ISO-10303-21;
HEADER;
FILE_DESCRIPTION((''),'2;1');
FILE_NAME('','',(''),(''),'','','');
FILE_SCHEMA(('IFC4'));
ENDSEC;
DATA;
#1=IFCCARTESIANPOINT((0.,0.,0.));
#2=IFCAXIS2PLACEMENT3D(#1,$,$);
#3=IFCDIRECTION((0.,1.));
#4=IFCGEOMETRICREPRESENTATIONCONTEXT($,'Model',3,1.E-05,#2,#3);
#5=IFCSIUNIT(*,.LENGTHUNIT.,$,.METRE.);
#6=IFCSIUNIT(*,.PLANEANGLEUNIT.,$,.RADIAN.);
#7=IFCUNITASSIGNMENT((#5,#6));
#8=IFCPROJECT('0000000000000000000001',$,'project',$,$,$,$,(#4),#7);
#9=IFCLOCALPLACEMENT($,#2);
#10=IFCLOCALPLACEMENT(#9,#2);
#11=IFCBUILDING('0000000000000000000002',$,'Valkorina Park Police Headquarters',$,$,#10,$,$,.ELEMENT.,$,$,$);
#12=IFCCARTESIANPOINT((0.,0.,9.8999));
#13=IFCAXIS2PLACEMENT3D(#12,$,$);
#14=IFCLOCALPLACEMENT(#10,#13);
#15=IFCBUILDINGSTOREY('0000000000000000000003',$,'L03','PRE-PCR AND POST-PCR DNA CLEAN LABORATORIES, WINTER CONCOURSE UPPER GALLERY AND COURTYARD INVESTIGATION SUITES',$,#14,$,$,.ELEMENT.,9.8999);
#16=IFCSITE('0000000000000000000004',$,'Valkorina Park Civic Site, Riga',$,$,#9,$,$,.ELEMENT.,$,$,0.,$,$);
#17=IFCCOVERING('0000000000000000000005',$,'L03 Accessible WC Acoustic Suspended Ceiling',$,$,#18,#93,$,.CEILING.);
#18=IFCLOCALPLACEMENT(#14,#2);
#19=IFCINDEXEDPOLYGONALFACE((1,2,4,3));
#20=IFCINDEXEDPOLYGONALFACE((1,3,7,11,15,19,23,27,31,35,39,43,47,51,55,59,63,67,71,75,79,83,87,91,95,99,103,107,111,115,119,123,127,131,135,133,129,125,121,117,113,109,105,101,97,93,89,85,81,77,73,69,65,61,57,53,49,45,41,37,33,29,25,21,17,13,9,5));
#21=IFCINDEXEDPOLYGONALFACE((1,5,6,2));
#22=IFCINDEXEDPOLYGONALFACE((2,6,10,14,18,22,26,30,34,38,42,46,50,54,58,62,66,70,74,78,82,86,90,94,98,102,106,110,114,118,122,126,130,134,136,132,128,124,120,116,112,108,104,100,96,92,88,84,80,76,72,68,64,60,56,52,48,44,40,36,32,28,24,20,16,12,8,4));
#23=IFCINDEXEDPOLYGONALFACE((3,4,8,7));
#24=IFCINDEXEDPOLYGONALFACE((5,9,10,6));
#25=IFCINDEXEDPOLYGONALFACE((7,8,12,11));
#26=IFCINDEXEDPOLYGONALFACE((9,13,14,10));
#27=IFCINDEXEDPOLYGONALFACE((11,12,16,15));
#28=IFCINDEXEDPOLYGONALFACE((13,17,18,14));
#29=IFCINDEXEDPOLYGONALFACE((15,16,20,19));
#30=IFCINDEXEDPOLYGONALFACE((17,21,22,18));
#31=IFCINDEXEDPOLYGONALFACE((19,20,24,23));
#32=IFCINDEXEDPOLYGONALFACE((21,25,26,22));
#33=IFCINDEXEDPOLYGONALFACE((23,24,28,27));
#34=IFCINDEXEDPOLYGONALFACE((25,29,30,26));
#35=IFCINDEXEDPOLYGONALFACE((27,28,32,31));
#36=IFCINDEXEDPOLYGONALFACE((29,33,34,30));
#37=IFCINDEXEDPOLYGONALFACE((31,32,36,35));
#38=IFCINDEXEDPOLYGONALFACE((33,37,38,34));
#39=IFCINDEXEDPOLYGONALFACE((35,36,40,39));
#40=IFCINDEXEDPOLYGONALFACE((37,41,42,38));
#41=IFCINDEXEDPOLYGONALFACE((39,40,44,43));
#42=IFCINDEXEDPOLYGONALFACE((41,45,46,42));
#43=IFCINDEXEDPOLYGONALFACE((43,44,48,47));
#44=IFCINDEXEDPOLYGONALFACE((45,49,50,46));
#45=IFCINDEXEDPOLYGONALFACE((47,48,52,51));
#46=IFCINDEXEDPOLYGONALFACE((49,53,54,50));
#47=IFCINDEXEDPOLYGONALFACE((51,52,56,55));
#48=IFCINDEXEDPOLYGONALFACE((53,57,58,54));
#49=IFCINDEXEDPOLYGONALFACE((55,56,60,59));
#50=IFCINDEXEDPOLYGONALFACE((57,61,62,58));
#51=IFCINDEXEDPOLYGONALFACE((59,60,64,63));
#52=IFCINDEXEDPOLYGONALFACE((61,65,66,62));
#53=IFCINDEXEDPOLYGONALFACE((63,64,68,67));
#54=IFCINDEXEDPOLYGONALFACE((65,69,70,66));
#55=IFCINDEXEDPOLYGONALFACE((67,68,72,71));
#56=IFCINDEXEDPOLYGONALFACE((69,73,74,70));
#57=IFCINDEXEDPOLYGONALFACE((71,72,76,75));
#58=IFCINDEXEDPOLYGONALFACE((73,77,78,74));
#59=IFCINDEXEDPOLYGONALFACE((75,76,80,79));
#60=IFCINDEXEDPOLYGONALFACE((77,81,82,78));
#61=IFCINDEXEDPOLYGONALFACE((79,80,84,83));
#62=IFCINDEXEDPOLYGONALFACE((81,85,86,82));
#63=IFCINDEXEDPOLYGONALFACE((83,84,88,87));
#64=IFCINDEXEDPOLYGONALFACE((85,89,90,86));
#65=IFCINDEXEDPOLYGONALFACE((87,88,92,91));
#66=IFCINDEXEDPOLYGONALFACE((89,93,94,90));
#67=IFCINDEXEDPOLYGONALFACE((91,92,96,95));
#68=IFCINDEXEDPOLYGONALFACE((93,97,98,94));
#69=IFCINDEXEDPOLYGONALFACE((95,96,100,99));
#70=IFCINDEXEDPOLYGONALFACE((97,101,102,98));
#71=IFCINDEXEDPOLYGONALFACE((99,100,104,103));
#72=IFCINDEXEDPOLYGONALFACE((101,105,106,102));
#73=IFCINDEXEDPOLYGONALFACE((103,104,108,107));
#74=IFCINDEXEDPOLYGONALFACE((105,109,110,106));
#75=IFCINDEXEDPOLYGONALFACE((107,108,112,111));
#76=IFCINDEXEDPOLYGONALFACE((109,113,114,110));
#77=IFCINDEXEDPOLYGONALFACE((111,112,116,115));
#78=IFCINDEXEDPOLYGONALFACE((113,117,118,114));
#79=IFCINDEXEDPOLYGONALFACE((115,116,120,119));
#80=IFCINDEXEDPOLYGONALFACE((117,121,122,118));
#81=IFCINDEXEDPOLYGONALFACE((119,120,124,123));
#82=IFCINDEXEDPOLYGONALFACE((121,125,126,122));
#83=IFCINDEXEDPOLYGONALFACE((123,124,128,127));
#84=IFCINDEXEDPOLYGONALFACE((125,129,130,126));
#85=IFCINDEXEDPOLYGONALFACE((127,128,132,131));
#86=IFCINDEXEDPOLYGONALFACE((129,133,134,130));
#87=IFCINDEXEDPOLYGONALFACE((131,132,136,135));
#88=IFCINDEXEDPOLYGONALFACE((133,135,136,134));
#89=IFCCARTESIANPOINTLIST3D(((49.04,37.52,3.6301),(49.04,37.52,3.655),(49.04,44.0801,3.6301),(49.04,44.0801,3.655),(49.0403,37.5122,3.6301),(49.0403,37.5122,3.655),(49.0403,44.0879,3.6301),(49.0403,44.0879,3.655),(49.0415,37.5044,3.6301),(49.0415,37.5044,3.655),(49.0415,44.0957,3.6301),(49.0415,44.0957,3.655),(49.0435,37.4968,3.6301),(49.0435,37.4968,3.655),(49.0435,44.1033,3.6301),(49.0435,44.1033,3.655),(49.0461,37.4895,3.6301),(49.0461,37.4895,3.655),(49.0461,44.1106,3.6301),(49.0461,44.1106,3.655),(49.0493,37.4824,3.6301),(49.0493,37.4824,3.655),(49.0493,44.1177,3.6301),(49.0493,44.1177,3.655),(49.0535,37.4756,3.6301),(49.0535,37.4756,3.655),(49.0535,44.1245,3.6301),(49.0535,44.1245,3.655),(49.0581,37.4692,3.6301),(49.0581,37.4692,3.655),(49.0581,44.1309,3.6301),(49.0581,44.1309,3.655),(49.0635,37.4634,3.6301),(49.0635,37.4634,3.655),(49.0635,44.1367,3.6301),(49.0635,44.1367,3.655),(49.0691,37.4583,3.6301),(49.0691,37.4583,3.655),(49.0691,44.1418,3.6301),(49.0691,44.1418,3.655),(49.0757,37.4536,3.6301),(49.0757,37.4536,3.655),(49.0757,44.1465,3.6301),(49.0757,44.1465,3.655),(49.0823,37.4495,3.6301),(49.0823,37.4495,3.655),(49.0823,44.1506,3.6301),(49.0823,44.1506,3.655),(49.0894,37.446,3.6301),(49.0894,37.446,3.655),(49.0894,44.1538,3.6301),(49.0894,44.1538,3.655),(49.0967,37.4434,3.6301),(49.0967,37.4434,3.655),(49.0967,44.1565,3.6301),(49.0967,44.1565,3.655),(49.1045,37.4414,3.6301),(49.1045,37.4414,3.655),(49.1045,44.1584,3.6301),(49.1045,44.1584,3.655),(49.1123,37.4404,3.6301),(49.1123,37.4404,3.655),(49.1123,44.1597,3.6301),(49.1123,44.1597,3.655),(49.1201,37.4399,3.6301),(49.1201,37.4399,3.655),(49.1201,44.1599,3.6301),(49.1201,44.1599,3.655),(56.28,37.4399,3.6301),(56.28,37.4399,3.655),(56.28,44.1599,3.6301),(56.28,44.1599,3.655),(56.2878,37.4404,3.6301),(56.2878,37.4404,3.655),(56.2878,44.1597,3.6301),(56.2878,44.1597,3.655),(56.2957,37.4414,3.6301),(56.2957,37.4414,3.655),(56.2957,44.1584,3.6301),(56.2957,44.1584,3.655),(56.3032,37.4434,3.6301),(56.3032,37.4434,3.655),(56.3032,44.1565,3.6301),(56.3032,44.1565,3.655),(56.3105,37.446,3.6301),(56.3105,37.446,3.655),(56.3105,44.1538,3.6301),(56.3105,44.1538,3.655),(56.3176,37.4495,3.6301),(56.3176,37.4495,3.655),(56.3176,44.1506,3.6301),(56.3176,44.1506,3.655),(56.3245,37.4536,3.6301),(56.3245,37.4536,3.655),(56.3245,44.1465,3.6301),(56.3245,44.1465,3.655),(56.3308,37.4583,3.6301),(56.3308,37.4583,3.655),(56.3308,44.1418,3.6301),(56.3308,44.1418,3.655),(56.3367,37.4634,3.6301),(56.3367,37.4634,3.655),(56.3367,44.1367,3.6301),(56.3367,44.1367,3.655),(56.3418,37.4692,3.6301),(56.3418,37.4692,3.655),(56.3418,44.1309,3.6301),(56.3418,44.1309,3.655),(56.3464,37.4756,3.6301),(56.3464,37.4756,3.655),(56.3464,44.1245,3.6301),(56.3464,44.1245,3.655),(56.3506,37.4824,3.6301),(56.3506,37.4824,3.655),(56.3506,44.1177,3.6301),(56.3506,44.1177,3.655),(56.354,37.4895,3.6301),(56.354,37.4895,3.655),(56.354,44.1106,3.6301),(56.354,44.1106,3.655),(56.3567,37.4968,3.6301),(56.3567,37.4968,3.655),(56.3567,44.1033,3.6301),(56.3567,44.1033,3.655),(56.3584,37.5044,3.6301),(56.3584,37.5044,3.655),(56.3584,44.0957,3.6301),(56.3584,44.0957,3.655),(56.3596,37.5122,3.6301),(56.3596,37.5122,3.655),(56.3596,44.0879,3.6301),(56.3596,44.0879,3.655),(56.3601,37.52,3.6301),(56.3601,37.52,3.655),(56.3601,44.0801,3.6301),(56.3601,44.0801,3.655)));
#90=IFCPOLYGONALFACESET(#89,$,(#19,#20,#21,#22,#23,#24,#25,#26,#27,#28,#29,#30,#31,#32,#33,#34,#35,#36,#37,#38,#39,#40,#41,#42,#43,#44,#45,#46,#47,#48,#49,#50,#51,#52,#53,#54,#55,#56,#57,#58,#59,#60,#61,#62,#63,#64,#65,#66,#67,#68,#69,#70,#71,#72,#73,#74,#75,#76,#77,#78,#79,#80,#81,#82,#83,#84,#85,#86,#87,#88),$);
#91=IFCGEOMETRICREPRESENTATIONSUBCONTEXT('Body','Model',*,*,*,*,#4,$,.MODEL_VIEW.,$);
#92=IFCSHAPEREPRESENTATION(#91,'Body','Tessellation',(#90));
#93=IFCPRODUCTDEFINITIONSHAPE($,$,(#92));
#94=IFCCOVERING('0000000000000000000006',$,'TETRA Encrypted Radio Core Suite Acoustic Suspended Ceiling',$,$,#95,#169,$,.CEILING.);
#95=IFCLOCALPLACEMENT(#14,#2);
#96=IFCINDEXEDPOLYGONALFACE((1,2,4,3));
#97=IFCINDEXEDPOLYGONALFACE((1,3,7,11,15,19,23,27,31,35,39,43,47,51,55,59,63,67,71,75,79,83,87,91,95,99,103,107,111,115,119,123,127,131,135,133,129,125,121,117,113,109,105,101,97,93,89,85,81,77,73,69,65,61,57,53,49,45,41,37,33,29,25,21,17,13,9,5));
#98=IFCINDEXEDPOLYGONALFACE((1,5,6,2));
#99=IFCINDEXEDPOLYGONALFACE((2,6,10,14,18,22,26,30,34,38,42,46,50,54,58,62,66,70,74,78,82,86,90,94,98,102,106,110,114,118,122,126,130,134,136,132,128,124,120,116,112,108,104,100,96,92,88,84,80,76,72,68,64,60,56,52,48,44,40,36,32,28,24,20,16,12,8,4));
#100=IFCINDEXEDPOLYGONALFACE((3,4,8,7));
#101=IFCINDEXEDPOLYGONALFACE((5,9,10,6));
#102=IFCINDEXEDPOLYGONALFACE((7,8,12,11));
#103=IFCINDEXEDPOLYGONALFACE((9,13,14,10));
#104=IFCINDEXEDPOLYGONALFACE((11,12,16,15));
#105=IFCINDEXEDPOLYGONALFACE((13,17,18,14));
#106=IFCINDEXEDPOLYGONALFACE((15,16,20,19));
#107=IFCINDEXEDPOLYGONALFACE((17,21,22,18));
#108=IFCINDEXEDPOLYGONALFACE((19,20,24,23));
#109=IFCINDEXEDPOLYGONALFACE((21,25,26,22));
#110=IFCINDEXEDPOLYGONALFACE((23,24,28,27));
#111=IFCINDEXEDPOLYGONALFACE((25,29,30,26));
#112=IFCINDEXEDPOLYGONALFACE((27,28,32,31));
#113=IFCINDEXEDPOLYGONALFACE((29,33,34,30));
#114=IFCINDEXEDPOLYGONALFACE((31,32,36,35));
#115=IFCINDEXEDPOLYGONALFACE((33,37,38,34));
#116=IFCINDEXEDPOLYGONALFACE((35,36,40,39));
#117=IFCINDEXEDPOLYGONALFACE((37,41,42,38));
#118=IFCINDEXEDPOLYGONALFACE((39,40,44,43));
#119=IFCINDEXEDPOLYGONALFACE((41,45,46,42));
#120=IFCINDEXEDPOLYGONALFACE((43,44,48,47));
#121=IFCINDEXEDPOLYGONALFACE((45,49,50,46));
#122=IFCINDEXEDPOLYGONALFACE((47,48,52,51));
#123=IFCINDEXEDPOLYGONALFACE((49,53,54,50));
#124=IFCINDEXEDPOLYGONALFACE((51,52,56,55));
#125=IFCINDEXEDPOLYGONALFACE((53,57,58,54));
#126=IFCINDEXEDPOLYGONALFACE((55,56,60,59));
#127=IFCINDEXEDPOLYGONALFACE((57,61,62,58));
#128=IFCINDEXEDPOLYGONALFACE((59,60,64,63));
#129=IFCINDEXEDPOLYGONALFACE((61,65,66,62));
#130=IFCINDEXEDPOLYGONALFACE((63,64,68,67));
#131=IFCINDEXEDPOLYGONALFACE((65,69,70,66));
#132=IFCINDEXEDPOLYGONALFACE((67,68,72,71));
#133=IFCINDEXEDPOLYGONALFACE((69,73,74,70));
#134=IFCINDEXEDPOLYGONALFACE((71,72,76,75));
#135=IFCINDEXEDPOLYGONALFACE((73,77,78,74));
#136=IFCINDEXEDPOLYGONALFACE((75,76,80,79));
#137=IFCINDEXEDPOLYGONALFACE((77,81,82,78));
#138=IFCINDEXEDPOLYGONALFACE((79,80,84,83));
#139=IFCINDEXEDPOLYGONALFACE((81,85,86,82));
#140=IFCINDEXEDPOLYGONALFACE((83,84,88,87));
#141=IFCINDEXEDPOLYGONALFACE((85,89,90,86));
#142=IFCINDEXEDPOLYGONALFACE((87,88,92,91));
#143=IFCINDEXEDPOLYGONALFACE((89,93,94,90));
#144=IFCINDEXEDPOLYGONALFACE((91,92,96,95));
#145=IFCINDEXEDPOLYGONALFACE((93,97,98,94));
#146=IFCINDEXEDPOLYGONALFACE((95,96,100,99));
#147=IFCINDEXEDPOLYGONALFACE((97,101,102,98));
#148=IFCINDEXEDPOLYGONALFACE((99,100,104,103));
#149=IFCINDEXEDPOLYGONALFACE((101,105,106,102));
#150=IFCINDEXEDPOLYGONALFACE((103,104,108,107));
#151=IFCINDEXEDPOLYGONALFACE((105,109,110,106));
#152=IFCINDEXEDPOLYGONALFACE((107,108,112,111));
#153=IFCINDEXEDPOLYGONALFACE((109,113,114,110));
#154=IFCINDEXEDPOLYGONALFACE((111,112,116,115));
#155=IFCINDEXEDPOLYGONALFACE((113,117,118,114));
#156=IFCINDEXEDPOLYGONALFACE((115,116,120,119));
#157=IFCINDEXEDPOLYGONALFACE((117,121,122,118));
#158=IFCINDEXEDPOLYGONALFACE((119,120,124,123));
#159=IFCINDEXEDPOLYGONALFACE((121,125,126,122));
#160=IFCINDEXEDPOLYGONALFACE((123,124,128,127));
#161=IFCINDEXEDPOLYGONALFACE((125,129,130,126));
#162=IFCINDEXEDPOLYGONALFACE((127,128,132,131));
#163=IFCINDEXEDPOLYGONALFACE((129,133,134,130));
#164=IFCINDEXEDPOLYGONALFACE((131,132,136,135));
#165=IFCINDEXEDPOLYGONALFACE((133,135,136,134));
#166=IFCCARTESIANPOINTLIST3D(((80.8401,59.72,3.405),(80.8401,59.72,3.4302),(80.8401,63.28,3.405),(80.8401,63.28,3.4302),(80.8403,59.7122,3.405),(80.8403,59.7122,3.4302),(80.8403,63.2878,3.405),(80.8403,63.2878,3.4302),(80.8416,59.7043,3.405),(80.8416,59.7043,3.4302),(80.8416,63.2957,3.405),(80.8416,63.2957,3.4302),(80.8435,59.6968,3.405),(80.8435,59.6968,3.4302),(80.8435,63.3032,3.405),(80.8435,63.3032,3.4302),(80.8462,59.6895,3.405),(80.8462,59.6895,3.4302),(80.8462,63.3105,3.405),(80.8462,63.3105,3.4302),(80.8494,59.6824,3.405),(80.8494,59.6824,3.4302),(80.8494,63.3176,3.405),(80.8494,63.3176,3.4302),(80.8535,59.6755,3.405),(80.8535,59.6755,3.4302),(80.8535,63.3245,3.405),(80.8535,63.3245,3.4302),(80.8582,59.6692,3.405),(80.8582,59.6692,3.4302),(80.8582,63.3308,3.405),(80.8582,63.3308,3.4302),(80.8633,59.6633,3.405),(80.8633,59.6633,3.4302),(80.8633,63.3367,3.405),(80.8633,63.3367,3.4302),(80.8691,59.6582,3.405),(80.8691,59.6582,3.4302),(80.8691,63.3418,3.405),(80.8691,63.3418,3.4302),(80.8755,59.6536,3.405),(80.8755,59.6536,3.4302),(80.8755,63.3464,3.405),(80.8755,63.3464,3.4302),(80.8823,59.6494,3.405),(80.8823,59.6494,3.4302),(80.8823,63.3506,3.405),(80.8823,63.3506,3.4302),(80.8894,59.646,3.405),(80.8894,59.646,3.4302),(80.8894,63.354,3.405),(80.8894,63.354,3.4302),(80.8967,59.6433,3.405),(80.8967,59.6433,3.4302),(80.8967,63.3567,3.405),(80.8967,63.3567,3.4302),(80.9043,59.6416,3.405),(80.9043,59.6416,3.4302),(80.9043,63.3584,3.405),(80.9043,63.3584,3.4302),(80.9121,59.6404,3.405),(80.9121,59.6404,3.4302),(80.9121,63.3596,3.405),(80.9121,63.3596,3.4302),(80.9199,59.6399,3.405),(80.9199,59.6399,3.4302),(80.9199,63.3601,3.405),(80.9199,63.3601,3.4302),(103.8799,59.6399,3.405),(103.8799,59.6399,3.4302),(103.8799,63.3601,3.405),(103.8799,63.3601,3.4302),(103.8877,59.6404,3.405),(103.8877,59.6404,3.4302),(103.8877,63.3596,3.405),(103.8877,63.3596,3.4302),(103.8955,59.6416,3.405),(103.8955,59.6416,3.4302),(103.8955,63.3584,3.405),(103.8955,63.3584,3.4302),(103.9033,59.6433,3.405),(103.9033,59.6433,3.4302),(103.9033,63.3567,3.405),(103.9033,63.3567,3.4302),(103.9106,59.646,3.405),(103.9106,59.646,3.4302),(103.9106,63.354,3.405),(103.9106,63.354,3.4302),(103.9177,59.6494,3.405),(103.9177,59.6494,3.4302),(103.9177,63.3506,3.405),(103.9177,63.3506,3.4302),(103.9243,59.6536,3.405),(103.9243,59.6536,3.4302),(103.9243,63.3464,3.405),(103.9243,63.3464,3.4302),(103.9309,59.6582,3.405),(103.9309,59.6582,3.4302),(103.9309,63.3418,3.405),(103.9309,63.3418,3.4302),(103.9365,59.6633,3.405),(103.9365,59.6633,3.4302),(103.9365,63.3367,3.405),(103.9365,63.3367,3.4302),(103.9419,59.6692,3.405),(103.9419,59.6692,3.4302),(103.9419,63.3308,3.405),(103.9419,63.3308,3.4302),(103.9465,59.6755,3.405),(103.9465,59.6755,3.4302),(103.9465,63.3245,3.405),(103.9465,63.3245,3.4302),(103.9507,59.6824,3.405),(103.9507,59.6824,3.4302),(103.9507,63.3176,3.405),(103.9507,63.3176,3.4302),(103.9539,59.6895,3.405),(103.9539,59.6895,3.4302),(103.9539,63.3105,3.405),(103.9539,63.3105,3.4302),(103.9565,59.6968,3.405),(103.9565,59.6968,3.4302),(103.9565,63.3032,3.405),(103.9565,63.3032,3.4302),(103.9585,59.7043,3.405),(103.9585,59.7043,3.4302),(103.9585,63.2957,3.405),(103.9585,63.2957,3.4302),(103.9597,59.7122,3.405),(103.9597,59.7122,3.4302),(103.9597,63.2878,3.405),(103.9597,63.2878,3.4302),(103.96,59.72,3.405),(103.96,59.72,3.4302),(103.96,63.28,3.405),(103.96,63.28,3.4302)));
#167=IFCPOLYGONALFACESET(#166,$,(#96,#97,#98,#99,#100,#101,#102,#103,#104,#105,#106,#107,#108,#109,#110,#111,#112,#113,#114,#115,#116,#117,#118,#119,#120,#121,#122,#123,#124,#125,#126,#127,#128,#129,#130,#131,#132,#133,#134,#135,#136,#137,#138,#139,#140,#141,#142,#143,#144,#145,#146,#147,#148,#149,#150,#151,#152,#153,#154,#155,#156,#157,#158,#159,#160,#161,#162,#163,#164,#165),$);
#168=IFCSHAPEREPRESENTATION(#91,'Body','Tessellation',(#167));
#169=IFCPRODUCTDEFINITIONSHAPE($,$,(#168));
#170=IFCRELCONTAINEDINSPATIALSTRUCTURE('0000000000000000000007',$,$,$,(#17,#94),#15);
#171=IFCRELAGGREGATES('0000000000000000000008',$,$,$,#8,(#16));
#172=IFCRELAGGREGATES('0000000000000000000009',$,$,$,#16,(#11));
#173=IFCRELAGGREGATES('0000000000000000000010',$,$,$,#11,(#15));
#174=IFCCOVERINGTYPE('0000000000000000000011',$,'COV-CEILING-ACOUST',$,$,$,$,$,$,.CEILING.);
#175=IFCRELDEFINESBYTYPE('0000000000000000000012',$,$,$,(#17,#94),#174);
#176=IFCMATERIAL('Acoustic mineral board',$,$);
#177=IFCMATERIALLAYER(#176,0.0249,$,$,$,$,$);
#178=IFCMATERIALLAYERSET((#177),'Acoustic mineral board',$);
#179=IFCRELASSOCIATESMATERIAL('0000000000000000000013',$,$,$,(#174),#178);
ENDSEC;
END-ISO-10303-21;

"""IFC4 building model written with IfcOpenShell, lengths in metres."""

from ifc_helpers import new_model, si_unit, direction, frame, origin, place, context, subcontext, project, spatial, polyline, outline, extrude, material, layer, layer_set, type_object, element, save


model = new_model("IFC4")

# Units and contexts
model_context = context("Model", 3, precision=1e-05, world=origin(), true_north=direction((0.0, 1.0)))
body_context = subcontext(model_context, "Body", "Model", "MODEL_VIEW")
ifc_project = project(units=[si_unit("LENGTHUNIT", "METRE"), si_unit("PLANEANGLEUNIT", "RADIAN")], contexts=[model_context])

# Site, building, storey
site_placement = place(None, origin())
site = spatial("IfcSite", under=ifc_project, at=site_placement, Name="Valkorina Park Civic Site, Riga", CompositionType="ELEMENT", RefElevation=0.0)
building_placement = place(site_placement, origin())
building = spatial("IfcBuilding", under=site, at=building_placement, Name="Valkorina Park Police Headquarters", CompositionType="ELEMENT")
storey_placement = place(building_placement, frame((0.0, 0.0, 9.8999)))
storey = spatial("IfcBuildingStorey", under=building, at=storey_placement, Name="L03", Description="PRE-PCR AND POST-PCR DNA CLEAN LABORATORIES, WINTER CONCOURSE UPPER GALLERY AND COURTYARD INVESTIGATION SUITES", CompositionType="ELEMENT", Elevation=9.8999)

# Coverings
ifc_material_1 = material(Name="Acoustic mineral board")
ifc_layer_1 = layer(ifc_material_1, 0.0249)
ifc_layer_set_1 = layer_set([ifc_layer_1], Name="Acoustic mineral board")
covering_type_1 = type_object("IfcCoveringType", Name="COV-CEILING-ACOUST", PredefinedType="CEILING", material=ifc_layer_set_1)
covering_1_placement = place(storey_placement, frame((0.0, 0.0, 3.6301)))
element("IfcCovering", 1, at=covering_1_placement, inside=storey, type_object=covering_type_1, Name="L03 Accessible WC Acoustic Suspended Ceiling", PredefinedType="CEILING", context=body_context, shape_type="SweptSolid", body=[
    extrude(outline(polyline([(56.3584, 37.5044), (56.3596, 37.5122), (56.3601, 37.52), (56.3601, 44.0801), (56.3596, 44.0879), (56.3584, 44.0957), (56.3567, 44.1033), (56.354, 44.1106), (56.3506, 44.1177), (56.3464, 44.1245), (56.3418, 44.1309), (56.3367, 44.1367), (56.3308, 44.1418), (56.3245, 44.1465), (56.3176, 44.1506), (56.3105, 44.1538), (56.3032, 44.1565), (56.2957, 44.1584), (56.2878, 44.1597), (56.28, 44.1599), (49.1201, 44.1599), (49.1123, 44.1597), (49.1045, 44.1584), (49.0967, 44.1565), (49.0894, 44.1538), (49.0823, 44.1506), (49.0757, 44.1465), (49.0691, 44.1418), (49.0635, 44.1367), (49.0581, 44.1309), (49.0535, 44.1245), (49.0493, 44.1177), (49.0461, 44.1106), (49.0435, 44.1033), (49.0415, 44.0957), (49.0403, 44.0879), (49.04, 44.0801), (49.04, 37.52), (49.0403, 37.5122), (49.0415, 37.5044), (49.0435, 37.4968), (49.0461, 37.4895), (49.0493, 37.4824), (49.0535, 37.4756), (49.0581, 37.4692), (49.0635, 37.4634), (49.0691, 37.4583), (49.0757, 37.4536), (49.0823, 37.4495), (49.0894, 37.446), (49.0967, 37.4434), (49.1045, 37.4414), (49.1123, 37.4404), (49.1201, 37.4399), (56.28, 37.4399), (56.2878, 37.4404), (56.2957, 37.4414), (56.3032, 37.4434), (56.3105, 37.446), (56.3176, 37.4495), (56.3245, 37.4536), (56.3308, 37.4583), (56.3367, 37.4634), (56.3418, 37.4692), (56.3464, 37.4756), (56.3506, 37.4824), (56.354, 37.4895), (56.3567, 37.4968), (56.3584, 37.5044)])), origin(), (0.0, 0.0, 1.0), 0.0249),
])
covering_2_placement = place(storey_placement, frame((0.0, 0.0, 3.405)))
element("IfcCovering", 2, at=covering_2_placement, inside=storey, type_object=covering_type_1, Name="TETRA Encrypted Radio Core Suite Acoustic Suspended Ceiling", PredefinedType="CEILING", context=body_context, shape_type="SweptSolid", body=[
    extrude(outline(polyline([(103.9585, 59.7043), (103.9597, 59.7122), (103.96, 59.72), (103.96, 63.28), (103.9597, 63.2878), (103.9585, 63.2957), (103.9565, 63.3032), (103.9539, 63.3105), (103.9507, 63.3176), (103.9465, 63.3245), (103.9419, 63.3308), (103.9365, 63.3367), (103.9309, 63.3418), (103.9243, 63.3464), (103.9177, 63.3506), (103.9106, 63.354), (103.9033, 63.3567), (103.8955, 63.3584), (103.8877, 63.3596), (103.8799, 63.3601), (80.9199, 63.3601), (80.9121, 63.3596), (80.9043, 63.3584), (80.8967, 63.3567), (80.8894, 63.354), (80.8823, 63.3506), (80.8755, 63.3464), (80.8691, 63.3418), (80.8633, 63.3367), (80.8582, 63.3308), (80.8535, 63.3245), (80.8494, 63.3176), (80.8462, 63.3105), (80.8435, 63.3032), (80.8416, 63.2957), (80.8403, 63.2878), (80.8401, 63.28), (80.8401, 59.72), (80.8403, 59.7122), (80.8416, 59.7043), (80.8435, 59.6968), (80.8462, 59.6895), (80.8494, 59.6824), (80.8535, 59.6755), (80.8582, 59.6692), (80.8633, 59.6633), (80.8691, 59.6582), (80.8755, 59.6536), (80.8823, 59.6494), (80.8894, 59.646), (80.8967, 59.6433), (80.9043, 59.6416), (80.9121, 59.6404), (80.9199, 59.6399), (103.8799, 59.6399), (103.8877, 59.6404), (103.8955, 59.6416), (103.9033, 59.6433), (103.9106, 59.646), (103.9177, 59.6494), (103.9243, 59.6536), (103.9309, 59.6582), (103.9365, 59.6633), (103.9419, 59.6692), (103.9465, 59.6755), (103.9507, 59.6824), (103.9539, 59.6895), (103.9565, 59.6968), (103.9585, 59.7043)])), origin(), (0.0, 0.0, 1.0), 0.0251),
])

save(model, "model.ifc")
